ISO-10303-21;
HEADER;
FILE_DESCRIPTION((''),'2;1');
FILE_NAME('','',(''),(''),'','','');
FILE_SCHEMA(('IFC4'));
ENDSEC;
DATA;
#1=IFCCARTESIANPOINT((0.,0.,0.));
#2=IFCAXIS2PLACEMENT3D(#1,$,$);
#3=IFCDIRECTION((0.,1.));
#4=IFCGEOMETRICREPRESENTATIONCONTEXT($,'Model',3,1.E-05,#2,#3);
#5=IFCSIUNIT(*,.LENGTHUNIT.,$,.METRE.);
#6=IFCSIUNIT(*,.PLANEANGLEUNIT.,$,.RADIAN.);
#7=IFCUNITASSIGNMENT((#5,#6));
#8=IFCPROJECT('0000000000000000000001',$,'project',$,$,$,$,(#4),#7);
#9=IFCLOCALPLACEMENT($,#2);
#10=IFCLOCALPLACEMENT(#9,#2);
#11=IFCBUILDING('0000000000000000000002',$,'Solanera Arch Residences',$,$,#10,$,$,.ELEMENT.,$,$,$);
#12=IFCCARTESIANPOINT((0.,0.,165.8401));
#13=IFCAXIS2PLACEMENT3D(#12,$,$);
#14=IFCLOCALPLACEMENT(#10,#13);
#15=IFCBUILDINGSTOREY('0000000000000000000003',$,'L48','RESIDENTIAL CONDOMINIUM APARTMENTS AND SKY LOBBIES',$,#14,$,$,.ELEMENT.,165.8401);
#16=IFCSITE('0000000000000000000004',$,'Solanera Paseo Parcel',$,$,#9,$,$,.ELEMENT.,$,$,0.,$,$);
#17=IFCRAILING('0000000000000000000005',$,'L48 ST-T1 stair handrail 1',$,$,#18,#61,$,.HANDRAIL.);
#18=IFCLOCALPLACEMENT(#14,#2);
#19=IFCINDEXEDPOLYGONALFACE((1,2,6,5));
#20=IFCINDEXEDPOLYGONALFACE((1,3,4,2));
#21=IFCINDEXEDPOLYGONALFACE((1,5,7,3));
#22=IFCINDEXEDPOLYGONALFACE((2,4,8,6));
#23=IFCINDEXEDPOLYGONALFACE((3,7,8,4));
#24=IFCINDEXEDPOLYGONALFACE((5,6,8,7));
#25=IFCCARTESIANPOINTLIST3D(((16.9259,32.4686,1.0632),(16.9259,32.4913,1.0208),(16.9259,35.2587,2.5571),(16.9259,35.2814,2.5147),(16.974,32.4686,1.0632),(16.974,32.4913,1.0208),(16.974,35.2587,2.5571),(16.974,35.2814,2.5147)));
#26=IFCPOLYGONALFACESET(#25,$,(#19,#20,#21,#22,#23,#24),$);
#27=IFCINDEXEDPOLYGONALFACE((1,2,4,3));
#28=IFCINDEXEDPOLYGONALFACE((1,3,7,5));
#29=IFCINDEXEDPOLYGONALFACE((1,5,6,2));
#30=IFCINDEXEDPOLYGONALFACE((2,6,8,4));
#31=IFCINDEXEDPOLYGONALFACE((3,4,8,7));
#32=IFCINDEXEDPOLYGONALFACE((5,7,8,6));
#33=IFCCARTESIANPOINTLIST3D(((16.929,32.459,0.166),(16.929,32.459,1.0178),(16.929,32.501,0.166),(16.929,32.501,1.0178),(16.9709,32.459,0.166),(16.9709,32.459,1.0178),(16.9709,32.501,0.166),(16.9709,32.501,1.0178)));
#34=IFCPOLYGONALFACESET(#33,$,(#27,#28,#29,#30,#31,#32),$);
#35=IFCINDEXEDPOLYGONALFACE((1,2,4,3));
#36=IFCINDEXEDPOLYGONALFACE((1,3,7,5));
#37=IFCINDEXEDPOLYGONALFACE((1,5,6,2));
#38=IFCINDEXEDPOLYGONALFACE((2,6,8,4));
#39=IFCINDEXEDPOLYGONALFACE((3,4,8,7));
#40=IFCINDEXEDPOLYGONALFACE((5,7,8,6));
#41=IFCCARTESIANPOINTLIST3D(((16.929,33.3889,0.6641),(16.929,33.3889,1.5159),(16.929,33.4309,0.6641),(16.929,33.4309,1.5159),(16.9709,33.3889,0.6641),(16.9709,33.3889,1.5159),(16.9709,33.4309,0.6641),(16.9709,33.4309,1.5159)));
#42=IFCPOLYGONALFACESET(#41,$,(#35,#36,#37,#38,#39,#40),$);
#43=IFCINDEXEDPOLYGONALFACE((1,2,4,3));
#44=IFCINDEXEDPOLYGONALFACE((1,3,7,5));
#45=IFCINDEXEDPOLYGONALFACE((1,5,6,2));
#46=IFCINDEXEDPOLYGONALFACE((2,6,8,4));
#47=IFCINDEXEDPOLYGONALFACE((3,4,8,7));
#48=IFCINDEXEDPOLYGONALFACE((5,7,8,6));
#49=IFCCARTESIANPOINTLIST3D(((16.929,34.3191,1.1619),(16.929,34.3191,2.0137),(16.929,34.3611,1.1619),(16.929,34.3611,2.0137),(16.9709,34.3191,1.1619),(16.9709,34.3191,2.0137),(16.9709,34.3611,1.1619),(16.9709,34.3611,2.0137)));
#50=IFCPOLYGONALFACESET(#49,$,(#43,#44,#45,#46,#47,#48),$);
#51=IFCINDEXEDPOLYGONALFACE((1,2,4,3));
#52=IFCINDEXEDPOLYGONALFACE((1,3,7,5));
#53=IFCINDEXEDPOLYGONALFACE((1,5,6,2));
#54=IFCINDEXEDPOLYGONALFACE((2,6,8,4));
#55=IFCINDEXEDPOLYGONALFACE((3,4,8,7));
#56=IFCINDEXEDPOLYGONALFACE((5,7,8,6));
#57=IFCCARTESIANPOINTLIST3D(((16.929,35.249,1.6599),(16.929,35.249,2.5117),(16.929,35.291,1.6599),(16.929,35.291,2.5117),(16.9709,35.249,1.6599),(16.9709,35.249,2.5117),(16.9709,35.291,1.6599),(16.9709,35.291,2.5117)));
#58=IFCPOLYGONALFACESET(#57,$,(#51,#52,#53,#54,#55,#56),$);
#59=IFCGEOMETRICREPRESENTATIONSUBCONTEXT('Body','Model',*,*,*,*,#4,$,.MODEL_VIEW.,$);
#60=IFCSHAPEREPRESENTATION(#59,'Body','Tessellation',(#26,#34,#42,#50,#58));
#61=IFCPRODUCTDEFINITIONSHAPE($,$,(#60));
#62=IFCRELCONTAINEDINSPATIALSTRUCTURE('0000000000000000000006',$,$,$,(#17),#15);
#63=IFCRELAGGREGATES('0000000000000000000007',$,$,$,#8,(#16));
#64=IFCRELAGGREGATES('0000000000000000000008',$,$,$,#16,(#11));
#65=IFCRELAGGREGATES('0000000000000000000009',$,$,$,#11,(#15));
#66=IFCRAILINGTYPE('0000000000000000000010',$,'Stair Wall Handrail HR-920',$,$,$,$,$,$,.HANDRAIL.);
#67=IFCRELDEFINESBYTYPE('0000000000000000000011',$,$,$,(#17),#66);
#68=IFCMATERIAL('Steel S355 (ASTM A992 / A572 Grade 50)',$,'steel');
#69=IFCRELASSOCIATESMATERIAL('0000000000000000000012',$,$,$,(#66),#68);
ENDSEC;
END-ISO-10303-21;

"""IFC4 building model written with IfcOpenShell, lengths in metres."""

from ifc_helpers import new_model, si_unit, direction, frame, origin, origin_2d, place, context, subcontext, project, spatial, rectangle, extrude, material, type_object, element, save


model = new_model("IFC4")

# Units and contexts
model_context = context("Model", 3, precision=1e-05, world=origin(), true_north=direction((0.0, 1.0)))
body_context = subcontext(model_context, "Body", "Model", "MODEL_VIEW")
ifc_project = project(units=[si_unit("LENGTHUNIT", "METRE"), si_unit("PLANEANGLEUNIT", "RADIAN")], contexts=[model_context])

# Site, building, storey
site_placement = place(None, origin())
site = spatial("IfcSite", under=ifc_project, at=site_placement, Name="Solanera Paseo Parcel", CompositionType="ELEMENT", RefElevation=0.0)
building_placement = place(site_placement, origin())
building = spatial("IfcBuilding", under=site, at=building_placement, Name="Solanera Arch Residences", CompositionType="ELEMENT")
storey_placement = place(building_placement, frame((0.0, 0.0, 165.8401)))
storey = spatial("IfcBuildingStorey", under=building, at=storey_placement, Name="L48", Description="RESIDENTIAL CONDOMINIUM APARTMENTS AND SKY LOBBIES", CompositionType="ELEMENT", Elevation=165.8401)

# Railing
ifc_material_1 = material(Name="Steel S355 (ASTM A992 / A572 Grade 50)", Category="steel")
railing_type_1 = type_object("IfcRailingType", Name="Stair Wall Handrail HR-920", PredefinedType="HANDRAIL", material=ifc_material_1)
railing_1_placement = place(storey_placement, frame((16.95, 32.48, 0.166)))
element("IfcRailing", 1, at=railing_1_placement, inside=storey, type_object=railing_type_1, Name="L48 ST-T1 stair handrail 1", PredefinedType="HANDRAIL", context=body_context, shape_type="SweptSolid", body=[
    extrude(rectangle(XDim=0.0481, YDim=0.0481, at=origin_2d()), frame((0.0, 0.0, 0.876), z_axis=(0.0, 0.881581, 0.472033), x_axis=(-1.0, 0.0, 0.0)), (0.0, 0.0, 1.0), 3.1648),
    extrude(rectangle(XDim=0.042, YDim=0.042, at=origin_2d()), origin(), (0.0, 0.0, 1.0), 0.8518),
    extrude(rectangle(XDim=0.042, YDim=0.042, at=origin_2d()), frame((0.0, 0.9299, 0.498)), (0.0, 0.0, 1.0), 0.8518),
    extrude(rectangle(XDim=0.042, YDim=0.042, at=origin_2d()), frame((0.0, 1.8601, 0.9958)), (0.0, 0.0, 1.0), 0.8518),
    extrude(rectangle(XDim=0.042, YDim=0.042, at=origin_2d()), frame((0.0, 2.79, 1.4939)), (0.0, 0.0, 1.0), 0.8518),
])

save(model, "model.ifc")
